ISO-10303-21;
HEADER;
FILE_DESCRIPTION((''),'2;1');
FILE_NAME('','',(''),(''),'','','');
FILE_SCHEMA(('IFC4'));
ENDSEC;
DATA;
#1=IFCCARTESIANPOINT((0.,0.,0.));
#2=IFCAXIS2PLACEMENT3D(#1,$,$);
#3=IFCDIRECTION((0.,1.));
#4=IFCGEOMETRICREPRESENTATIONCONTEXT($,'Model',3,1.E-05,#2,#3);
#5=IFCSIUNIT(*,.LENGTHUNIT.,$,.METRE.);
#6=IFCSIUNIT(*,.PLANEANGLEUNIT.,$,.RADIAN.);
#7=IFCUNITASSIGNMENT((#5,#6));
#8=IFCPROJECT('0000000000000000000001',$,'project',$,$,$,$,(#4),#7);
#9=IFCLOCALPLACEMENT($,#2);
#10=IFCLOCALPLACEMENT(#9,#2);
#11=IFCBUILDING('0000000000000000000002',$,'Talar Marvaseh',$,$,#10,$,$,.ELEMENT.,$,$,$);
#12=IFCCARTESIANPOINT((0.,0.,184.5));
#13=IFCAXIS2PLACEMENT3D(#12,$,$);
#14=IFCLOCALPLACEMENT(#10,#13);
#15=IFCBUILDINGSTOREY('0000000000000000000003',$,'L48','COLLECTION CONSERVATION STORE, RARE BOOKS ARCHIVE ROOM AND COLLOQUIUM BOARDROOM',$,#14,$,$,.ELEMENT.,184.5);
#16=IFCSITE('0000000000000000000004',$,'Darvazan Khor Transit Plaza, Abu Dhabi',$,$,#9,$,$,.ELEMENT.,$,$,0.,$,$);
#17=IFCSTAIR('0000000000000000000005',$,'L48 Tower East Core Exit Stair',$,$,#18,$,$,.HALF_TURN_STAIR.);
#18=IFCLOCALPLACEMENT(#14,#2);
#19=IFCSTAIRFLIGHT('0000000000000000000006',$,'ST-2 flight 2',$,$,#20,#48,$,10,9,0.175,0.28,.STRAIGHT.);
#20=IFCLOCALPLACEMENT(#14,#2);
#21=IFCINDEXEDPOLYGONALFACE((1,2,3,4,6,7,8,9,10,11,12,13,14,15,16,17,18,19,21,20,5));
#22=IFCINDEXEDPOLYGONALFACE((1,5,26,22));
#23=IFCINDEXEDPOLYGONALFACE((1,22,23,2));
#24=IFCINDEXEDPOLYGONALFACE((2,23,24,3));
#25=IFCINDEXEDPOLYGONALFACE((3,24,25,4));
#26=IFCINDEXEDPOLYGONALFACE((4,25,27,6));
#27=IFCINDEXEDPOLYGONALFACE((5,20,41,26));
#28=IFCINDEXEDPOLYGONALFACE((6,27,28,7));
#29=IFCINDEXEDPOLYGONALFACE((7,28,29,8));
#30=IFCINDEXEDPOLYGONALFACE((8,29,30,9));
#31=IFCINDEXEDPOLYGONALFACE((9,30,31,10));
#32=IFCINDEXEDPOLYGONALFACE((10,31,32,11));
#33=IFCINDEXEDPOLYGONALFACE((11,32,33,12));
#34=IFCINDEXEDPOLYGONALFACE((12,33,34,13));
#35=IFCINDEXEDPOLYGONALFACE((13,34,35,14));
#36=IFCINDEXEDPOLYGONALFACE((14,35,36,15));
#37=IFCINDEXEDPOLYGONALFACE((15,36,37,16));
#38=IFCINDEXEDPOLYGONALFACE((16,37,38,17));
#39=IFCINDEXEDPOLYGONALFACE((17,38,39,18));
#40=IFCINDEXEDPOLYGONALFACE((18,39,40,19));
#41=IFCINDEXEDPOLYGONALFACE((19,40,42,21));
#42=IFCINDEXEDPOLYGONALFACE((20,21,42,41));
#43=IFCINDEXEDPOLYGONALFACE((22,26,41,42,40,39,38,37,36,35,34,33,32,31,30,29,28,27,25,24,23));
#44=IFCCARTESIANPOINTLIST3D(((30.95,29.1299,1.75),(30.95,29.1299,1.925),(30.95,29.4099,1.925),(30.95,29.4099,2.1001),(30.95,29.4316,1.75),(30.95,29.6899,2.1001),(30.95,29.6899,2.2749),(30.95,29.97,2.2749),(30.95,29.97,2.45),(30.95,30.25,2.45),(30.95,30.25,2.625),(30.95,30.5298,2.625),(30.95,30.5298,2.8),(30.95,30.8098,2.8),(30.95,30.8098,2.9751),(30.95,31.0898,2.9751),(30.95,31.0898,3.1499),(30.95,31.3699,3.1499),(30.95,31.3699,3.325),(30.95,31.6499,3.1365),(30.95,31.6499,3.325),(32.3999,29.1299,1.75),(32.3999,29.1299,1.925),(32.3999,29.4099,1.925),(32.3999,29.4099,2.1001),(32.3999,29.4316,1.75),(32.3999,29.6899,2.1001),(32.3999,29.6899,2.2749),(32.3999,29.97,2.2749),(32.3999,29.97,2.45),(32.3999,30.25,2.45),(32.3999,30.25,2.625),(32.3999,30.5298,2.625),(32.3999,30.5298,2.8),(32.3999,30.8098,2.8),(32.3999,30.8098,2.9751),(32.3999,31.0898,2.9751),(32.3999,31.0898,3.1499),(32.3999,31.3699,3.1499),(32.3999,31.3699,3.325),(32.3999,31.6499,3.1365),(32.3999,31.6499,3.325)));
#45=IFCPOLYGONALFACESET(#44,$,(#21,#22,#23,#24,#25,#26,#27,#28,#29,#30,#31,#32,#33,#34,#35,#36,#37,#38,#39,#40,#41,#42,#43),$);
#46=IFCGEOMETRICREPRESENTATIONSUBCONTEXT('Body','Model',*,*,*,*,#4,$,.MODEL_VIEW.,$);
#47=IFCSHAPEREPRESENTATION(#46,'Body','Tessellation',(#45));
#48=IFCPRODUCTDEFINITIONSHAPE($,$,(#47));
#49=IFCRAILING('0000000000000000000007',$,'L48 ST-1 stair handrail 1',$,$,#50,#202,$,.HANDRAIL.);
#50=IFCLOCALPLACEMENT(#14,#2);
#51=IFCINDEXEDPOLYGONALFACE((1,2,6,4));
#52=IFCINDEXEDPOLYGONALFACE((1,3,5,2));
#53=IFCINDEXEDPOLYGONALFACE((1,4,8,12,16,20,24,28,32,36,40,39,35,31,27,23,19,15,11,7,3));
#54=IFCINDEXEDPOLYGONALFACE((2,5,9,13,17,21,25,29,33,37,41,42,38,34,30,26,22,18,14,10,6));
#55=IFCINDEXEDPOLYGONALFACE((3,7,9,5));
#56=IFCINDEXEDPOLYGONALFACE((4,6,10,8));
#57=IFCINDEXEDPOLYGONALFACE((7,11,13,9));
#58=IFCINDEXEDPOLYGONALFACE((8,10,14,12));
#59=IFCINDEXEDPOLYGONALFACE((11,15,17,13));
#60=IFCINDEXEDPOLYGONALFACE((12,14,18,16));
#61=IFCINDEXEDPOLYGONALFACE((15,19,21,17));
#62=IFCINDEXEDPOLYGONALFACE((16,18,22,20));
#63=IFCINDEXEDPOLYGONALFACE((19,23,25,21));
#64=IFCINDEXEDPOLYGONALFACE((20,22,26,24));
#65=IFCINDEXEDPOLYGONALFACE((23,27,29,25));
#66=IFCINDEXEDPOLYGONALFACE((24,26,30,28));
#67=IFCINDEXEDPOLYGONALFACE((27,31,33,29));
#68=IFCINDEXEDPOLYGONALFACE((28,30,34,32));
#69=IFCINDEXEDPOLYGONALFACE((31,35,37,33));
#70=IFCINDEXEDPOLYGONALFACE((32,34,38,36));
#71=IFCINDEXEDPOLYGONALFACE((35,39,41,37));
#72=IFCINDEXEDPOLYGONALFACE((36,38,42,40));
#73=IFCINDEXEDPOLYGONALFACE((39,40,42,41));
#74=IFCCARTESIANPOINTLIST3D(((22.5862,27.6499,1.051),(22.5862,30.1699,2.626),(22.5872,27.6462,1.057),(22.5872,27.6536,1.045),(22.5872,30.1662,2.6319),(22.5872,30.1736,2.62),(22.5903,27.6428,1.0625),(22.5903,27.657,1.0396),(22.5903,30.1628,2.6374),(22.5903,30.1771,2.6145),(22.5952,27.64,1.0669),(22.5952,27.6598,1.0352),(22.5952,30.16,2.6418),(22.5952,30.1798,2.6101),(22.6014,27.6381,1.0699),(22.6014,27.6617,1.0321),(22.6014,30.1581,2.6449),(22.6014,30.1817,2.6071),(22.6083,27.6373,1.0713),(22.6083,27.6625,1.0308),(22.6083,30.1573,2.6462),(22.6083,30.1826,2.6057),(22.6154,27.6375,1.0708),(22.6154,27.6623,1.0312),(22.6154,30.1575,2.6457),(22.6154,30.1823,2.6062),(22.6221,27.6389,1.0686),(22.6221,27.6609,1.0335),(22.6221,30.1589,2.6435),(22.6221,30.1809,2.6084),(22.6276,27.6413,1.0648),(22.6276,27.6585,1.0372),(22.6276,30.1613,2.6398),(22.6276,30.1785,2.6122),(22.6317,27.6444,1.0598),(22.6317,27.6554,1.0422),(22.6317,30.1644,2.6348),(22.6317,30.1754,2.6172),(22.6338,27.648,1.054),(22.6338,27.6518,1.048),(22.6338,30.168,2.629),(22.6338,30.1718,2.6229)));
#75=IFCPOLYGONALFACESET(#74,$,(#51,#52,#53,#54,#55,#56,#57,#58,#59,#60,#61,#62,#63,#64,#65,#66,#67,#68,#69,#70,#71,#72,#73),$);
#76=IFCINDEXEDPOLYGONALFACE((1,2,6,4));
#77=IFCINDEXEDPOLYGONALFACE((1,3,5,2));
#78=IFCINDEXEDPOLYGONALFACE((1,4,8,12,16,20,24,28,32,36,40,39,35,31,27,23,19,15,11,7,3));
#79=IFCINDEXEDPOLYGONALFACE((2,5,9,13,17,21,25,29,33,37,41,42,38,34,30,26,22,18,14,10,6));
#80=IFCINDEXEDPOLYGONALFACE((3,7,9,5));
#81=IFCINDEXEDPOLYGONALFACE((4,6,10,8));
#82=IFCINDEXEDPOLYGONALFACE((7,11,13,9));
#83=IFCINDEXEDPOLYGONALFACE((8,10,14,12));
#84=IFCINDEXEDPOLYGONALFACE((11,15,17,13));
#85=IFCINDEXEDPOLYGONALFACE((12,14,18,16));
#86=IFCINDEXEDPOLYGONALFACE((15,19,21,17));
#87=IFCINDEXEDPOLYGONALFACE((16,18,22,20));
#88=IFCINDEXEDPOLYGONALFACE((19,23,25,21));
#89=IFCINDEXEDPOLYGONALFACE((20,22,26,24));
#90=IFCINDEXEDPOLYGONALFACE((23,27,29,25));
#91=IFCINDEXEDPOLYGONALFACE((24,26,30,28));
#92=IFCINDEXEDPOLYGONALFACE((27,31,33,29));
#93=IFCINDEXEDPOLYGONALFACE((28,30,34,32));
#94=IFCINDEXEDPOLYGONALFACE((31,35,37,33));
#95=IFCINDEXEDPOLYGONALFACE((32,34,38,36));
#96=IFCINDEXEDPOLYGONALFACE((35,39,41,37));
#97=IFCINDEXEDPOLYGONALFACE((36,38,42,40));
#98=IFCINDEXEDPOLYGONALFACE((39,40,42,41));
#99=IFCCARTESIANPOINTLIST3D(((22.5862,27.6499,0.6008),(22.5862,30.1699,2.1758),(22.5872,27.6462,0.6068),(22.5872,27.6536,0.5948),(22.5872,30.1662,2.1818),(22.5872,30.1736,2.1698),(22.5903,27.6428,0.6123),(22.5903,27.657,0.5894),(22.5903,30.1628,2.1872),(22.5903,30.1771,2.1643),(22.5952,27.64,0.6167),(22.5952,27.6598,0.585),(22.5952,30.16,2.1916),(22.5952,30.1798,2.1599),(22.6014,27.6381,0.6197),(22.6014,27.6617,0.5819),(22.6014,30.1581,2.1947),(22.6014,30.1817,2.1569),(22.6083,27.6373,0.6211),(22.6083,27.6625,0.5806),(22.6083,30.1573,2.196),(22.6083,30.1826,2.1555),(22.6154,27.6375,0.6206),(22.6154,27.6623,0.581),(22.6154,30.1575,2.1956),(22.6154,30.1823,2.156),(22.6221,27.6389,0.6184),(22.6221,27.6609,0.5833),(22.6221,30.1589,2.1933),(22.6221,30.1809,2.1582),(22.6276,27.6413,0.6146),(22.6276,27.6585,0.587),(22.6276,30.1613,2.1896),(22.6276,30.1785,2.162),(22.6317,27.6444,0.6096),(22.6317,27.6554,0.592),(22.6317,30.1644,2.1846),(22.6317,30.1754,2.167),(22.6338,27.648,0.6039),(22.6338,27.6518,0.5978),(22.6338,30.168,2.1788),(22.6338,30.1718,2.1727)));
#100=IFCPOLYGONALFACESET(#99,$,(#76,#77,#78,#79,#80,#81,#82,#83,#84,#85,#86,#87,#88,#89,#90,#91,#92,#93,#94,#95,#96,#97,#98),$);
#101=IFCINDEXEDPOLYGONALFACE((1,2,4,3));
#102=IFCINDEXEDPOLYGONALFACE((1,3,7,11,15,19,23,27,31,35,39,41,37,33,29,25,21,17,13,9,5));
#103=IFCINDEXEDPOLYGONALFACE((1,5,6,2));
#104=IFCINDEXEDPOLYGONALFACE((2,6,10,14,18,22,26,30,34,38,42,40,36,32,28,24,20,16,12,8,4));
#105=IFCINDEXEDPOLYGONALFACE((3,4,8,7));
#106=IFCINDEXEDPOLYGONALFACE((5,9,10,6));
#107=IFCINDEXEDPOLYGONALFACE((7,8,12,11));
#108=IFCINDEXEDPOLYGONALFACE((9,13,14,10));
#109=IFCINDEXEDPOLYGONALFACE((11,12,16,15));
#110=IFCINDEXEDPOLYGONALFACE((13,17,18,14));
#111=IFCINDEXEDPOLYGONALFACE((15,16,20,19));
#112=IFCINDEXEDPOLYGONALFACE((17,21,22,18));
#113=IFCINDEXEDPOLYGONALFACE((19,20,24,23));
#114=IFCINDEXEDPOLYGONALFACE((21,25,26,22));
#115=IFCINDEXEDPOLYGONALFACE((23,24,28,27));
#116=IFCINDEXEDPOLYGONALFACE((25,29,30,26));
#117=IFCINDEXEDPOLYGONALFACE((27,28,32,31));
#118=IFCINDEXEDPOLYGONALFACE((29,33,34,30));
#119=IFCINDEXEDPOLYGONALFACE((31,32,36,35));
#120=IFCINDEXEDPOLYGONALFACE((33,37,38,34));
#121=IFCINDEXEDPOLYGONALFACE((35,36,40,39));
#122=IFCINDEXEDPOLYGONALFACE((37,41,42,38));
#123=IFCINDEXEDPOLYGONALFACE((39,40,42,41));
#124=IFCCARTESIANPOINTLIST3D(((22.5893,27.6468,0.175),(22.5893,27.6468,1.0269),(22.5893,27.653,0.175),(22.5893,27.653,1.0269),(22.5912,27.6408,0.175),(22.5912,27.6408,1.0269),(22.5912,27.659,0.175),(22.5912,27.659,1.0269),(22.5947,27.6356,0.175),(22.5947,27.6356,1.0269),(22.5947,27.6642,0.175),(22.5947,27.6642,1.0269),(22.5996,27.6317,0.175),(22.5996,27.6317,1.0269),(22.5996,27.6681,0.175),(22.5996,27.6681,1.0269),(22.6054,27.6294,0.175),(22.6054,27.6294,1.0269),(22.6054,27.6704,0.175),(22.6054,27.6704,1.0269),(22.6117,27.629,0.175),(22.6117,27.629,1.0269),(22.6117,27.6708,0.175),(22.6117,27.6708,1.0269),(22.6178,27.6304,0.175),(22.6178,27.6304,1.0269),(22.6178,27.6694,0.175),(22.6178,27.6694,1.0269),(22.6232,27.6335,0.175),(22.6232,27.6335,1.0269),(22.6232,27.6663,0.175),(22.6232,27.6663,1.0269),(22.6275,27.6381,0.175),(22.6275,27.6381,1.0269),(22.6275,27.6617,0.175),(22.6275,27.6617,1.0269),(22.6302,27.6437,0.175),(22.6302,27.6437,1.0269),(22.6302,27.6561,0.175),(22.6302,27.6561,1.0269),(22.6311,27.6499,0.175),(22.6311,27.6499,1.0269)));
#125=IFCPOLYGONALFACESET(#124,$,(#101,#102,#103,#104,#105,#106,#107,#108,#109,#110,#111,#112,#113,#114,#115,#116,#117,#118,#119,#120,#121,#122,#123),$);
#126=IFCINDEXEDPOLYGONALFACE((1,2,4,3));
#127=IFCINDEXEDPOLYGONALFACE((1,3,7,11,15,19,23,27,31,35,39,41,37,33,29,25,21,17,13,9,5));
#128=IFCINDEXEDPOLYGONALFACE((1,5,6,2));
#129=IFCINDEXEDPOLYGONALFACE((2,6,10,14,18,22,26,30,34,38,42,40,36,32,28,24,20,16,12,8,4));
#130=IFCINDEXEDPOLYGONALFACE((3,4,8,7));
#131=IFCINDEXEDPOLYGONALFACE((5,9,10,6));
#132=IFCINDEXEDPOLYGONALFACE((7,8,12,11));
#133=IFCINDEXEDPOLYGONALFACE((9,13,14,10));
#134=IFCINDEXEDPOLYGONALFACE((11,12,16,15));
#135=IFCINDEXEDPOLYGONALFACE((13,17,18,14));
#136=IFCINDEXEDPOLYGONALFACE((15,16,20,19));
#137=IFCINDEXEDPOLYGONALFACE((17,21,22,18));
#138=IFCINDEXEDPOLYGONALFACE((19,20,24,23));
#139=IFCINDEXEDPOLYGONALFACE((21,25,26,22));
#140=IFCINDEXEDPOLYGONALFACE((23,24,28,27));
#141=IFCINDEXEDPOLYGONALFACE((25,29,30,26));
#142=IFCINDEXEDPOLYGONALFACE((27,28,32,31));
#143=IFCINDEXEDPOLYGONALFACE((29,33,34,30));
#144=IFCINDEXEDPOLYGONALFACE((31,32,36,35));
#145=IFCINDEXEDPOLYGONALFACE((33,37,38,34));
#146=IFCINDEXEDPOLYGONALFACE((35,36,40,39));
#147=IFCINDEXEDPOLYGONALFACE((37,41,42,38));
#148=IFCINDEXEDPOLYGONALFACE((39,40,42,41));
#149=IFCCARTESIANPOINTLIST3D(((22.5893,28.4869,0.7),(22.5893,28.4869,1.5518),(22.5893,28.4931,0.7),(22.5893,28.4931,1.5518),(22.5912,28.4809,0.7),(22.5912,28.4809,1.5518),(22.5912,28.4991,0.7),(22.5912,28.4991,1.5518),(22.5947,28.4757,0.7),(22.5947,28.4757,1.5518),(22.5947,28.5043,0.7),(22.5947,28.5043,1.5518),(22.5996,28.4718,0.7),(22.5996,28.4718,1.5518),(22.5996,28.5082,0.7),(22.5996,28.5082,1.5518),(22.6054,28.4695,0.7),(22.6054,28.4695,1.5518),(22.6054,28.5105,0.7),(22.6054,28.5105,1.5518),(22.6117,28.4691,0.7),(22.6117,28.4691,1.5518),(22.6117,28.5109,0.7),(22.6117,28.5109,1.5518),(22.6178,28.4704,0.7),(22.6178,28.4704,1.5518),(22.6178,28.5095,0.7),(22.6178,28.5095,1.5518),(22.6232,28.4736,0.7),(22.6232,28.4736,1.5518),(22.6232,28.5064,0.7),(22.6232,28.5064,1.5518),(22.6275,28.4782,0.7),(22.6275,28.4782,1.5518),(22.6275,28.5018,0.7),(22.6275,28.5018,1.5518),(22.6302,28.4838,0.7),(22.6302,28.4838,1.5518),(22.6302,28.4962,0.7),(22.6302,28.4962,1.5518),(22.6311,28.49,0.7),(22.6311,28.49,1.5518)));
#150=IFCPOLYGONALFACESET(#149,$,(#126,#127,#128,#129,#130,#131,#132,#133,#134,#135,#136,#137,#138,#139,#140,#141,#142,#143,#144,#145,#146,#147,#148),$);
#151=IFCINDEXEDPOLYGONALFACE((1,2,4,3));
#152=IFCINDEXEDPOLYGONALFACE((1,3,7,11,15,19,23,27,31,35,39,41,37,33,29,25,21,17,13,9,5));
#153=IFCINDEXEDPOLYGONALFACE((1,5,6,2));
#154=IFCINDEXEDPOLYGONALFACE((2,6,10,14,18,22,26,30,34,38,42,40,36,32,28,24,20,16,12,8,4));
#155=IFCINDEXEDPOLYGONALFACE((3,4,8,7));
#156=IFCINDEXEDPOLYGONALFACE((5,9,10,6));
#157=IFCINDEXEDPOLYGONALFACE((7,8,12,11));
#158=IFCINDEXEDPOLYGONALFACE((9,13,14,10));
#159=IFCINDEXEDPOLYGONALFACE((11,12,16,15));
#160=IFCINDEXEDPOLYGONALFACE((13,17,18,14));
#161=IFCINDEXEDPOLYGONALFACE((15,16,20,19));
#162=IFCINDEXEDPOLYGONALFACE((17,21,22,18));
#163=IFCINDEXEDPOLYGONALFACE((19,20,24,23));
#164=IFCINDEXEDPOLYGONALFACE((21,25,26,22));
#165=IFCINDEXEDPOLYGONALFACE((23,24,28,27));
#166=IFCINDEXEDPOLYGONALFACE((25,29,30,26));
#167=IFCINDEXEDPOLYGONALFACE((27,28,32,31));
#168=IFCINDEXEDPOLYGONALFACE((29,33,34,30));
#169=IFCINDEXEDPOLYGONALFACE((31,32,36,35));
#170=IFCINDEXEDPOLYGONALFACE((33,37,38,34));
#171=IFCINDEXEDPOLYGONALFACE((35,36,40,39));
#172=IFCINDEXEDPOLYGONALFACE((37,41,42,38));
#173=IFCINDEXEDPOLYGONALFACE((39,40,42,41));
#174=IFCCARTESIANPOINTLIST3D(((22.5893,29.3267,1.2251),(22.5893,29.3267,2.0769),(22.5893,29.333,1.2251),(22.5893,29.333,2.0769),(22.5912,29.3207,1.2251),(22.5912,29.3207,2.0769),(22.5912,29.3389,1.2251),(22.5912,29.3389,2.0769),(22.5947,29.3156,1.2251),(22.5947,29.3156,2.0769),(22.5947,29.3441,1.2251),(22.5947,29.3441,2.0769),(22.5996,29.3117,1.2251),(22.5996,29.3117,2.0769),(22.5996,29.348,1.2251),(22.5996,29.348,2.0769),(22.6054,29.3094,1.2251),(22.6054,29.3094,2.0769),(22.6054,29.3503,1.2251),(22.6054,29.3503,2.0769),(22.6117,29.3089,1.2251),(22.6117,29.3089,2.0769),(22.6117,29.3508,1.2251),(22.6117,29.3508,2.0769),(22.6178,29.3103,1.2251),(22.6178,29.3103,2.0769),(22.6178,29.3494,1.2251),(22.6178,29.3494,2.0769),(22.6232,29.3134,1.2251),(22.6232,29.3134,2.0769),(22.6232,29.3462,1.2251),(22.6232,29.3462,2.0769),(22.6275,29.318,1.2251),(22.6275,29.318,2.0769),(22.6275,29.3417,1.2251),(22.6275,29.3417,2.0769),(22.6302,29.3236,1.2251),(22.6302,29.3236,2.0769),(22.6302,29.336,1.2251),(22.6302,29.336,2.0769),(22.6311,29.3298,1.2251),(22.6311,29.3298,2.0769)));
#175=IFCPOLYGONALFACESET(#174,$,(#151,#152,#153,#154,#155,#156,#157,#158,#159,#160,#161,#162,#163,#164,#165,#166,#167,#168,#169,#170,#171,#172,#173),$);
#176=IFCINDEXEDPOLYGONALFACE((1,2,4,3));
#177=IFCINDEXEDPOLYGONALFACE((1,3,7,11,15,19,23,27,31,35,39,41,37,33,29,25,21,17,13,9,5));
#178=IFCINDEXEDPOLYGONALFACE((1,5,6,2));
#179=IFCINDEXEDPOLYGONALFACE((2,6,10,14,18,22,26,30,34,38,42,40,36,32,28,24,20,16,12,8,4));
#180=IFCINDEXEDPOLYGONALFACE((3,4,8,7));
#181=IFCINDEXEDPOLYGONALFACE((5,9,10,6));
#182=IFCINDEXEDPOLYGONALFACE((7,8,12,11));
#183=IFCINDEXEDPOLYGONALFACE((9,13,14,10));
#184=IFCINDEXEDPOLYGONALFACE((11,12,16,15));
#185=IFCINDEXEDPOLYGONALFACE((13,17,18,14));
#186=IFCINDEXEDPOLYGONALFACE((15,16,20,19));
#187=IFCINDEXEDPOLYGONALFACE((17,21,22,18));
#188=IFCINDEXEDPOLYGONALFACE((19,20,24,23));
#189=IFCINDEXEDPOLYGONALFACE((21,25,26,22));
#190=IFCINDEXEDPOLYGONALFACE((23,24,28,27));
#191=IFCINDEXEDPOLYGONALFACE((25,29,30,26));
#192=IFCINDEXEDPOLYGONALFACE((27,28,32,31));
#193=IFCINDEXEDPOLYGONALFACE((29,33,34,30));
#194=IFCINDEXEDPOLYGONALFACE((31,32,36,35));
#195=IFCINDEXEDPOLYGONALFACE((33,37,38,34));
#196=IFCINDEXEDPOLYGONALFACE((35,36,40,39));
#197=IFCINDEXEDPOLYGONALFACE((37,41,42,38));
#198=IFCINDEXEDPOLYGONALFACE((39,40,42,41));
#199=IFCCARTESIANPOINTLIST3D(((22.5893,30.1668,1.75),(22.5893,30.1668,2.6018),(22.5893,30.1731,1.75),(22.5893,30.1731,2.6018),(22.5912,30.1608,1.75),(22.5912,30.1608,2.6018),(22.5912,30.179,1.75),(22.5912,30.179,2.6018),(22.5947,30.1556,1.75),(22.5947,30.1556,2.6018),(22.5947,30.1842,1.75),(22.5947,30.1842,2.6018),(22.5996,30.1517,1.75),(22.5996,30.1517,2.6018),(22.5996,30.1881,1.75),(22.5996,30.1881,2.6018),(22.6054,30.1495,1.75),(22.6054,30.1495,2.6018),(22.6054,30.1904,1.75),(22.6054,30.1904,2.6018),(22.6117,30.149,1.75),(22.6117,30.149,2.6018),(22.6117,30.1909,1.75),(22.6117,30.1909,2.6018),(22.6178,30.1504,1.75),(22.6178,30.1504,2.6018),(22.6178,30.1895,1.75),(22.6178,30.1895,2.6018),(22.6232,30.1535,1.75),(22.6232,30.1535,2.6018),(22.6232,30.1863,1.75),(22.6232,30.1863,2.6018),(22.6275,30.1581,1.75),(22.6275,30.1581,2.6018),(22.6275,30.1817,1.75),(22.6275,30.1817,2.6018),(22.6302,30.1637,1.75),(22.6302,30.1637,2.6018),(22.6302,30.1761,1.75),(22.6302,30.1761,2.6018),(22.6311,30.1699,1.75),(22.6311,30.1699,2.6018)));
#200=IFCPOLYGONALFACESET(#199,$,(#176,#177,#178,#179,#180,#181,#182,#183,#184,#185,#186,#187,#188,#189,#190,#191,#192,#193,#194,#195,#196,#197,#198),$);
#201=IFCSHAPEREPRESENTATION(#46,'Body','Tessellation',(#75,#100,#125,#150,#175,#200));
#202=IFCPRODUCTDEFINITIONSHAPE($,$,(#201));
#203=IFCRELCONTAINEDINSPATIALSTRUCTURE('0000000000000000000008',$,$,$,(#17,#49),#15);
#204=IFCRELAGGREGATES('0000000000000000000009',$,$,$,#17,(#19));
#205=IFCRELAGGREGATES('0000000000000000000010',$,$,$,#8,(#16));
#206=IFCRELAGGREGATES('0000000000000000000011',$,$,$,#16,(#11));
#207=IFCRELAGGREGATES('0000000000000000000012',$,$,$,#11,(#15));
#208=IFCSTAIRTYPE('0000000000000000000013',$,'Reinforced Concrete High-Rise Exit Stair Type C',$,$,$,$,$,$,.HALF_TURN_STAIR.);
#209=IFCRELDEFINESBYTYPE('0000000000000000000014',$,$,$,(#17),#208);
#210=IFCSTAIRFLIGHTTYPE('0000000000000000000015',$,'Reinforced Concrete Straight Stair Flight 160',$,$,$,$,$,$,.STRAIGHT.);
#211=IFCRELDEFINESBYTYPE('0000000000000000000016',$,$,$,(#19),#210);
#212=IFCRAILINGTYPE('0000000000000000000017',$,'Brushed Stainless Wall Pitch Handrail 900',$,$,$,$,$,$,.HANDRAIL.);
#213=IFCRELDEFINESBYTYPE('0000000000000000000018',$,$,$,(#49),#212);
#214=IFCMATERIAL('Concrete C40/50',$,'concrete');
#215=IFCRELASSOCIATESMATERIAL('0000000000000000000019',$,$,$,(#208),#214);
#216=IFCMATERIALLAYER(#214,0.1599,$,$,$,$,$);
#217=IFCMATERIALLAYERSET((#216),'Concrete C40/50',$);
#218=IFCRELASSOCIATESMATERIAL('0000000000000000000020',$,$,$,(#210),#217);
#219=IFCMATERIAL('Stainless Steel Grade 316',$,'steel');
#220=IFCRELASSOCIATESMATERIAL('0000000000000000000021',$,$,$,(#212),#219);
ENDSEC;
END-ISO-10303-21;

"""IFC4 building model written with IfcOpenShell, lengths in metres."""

from ifc_helpers import new_model, si_unit, direction, frame, origin, origin_2d, place, context, subcontext, project, spatial, polyline, circle, outline, extrude, material, layer, layer_set, type_object, element, aggregate, save


model = new_model("IFC4")

# Units and contexts
model_context = context("Model", 3, precision=1e-05, world=origin(), true_north=direction((0.0, 1.0)))
body_context = subcontext(model_context, "Body", "Model", "MODEL_VIEW")
ifc_project = project(units=[si_unit("LENGTHUNIT", "METRE"), si_unit("PLANEANGLEUNIT", "RADIAN")], contexts=[model_context])

# Site, building, storey
site_placement = place(None, origin())
site = spatial("IfcSite", under=ifc_project, at=site_placement, Name="Darvazan Khor Transit Plaza, Abu Dhabi", CompositionType="ELEMENT", RefElevation=0.0)
building_placement = place(site_placement, origin())
building = spatial("IfcBuilding", under=site, at=building_placement, Name="Talar Marvaseh", CompositionType="ELEMENT")
storey_placement = place(building_placement, frame((0.0, 0.0, 184.5)))
storey = spatial("IfcBuildingStorey", under=building, at=storey_placement, Name="L48", Description="COLLECTION CONSERVATION STORE, RARE BOOKS ARCHIVE ROOM AND COLLOQUIUM BOARDROOM", CompositionType="ELEMENT", Elevation=184.5)

# Shared definitions
ifc_material_1 = material(Name="Concrete C40/50", Category="concrete")

# Shared definitions
ifc_material_2 = material(Name="Stainless Steel Grade 316", Category="steel")

# Stair, stair flight
stair_type = type_object("IfcStairType", Name="Reinforced Concrete High-Rise Exit Stair Type C", PredefinedType="HALF_TURN_STAIR", material=ifc_material_1)
stair_placement = place(storey_placement, origin())
stair = element("IfcStair", 1, at=stair_placement, inside=storey, type_object=stair_type, Name="L48 Tower East Core Exit Stair", PredefinedType="HALF_TURN_STAIR")
ifc_layer_1 = layer(ifc_material_1, 0.1599)
ifc_layer_set_1 = layer_set([ifc_layer_1], Name="Concrete C40/50")
stair_flight_type = type_object("IfcStairFlightType", Name="Reinforced Concrete Straight Stair Flight 160", PredefinedType="STRAIGHT", material=ifc_layer_set_1)
stair_flight_1_placement = place(storey_placement, frame((31.675, 29.1299, 1.75), z_axis=(0.0, 0.0, 1.0), x_axis=(0.0, 1.0, 0.0)))
stair_flight_1 = element("IfcStairFlight", 2, at=stair_flight_1_placement, type_object=stair_flight_type, Name="ST-2 flight 2", NumberOfRisers=10, NumberOfTreads=9, PredefinedType="STRAIGHT", RiserHeight=0.175, TreadLength=0.28, context=body_context, shape_type="SweptSolid", body=[
    extrude(outline(polyline([(0.0, 0.0), (0.0, 0.175), (0.28, 0.175), (0.28, 0.3501), (0.5601, 0.3501), (0.5601, 0.5249), (0.8401, 0.5249), (0.8401, 0.7), (1.1201, 0.7), (1.1201, 0.875), (1.3999, 0.875), (1.3999, 1.05), (1.6799, 1.05), (1.6799, 1.2251), (1.96, 1.2251), (1.96, 1.3999), (2.24, 1.3999), (2.24, 1.575), (2.52, 1.575), (2.52, 1.75), (2.52, 1.3865), (0.3018, 0.0), (0.0, 0.0)])), frame((0.0, 0.7251, 0.0), z_axis=(0.0, -1.0, 0.0), x_axis=(1.0, 0.0, 0.0)), (0.0, 0.0, 1.0), 1.45),
])
aggregate(stair, [stair_flight_1])

# Railing
railing_type_1 = type_object("IfcRailingType", Name="Brushed Stainless Wall Pitch Handrail 900", PredefinedType="HANDRAIL", material=ifc_material_2)
railing_1_placement = place(storey_placement, frame((22.6101, 27.6499, 0.175)))
element("IfcRailing", 3, at=railing_1_placement, inside=storey, type_object=railing_type_1, Name="L48 ST-1 stair handrail 1", PredefinedType="HANDRAIL", context=body_context, shape_type="SweptSolid", body=[
    extrude(circle(Radius=0.0239, at=origin_2d()), frame((0.0, 0.0, 0.876), z_axis=(0.0, 0.848008, 0.529984), x_axis=(-1.0, 0.0, 0.0)), (0.0, 0.0, 1.0), 2.9717),
    extrude(circle(Radius=0.0239, at=origin_2d()), frame((0.0, 0.0, 0.4258), z_axis=(0.0, 0.848008, 0.529984), x_axis=(-1.0, 0.0, 0.0)), (0.0, 0.0, 1.0), 2.9717),
    extrude(circle(Radius=0.021, at=origin_2d()), origin(), (0.0, 0.0, 1.0), 0.8518),
    extrude(circle(Radius=0.021, at=origin_2d()), frame((0.0, 0.8401, 0.5249)), (0.0, 0.0, 1.0), 0.8518),
    extrude(circle(Radius=0.021, at=origin_2d()), frame((0.0, 1.6799, 1.05)), (0.0, 0.0, 1.0), 0.8518),
    extrude(circle(Radius=0.021, at=origin_2d()), frame((0.0, 2.52, 1.575)), (0.0, 0.0, 1.0), 0.8518),
])

save(model, "model.ifc")
